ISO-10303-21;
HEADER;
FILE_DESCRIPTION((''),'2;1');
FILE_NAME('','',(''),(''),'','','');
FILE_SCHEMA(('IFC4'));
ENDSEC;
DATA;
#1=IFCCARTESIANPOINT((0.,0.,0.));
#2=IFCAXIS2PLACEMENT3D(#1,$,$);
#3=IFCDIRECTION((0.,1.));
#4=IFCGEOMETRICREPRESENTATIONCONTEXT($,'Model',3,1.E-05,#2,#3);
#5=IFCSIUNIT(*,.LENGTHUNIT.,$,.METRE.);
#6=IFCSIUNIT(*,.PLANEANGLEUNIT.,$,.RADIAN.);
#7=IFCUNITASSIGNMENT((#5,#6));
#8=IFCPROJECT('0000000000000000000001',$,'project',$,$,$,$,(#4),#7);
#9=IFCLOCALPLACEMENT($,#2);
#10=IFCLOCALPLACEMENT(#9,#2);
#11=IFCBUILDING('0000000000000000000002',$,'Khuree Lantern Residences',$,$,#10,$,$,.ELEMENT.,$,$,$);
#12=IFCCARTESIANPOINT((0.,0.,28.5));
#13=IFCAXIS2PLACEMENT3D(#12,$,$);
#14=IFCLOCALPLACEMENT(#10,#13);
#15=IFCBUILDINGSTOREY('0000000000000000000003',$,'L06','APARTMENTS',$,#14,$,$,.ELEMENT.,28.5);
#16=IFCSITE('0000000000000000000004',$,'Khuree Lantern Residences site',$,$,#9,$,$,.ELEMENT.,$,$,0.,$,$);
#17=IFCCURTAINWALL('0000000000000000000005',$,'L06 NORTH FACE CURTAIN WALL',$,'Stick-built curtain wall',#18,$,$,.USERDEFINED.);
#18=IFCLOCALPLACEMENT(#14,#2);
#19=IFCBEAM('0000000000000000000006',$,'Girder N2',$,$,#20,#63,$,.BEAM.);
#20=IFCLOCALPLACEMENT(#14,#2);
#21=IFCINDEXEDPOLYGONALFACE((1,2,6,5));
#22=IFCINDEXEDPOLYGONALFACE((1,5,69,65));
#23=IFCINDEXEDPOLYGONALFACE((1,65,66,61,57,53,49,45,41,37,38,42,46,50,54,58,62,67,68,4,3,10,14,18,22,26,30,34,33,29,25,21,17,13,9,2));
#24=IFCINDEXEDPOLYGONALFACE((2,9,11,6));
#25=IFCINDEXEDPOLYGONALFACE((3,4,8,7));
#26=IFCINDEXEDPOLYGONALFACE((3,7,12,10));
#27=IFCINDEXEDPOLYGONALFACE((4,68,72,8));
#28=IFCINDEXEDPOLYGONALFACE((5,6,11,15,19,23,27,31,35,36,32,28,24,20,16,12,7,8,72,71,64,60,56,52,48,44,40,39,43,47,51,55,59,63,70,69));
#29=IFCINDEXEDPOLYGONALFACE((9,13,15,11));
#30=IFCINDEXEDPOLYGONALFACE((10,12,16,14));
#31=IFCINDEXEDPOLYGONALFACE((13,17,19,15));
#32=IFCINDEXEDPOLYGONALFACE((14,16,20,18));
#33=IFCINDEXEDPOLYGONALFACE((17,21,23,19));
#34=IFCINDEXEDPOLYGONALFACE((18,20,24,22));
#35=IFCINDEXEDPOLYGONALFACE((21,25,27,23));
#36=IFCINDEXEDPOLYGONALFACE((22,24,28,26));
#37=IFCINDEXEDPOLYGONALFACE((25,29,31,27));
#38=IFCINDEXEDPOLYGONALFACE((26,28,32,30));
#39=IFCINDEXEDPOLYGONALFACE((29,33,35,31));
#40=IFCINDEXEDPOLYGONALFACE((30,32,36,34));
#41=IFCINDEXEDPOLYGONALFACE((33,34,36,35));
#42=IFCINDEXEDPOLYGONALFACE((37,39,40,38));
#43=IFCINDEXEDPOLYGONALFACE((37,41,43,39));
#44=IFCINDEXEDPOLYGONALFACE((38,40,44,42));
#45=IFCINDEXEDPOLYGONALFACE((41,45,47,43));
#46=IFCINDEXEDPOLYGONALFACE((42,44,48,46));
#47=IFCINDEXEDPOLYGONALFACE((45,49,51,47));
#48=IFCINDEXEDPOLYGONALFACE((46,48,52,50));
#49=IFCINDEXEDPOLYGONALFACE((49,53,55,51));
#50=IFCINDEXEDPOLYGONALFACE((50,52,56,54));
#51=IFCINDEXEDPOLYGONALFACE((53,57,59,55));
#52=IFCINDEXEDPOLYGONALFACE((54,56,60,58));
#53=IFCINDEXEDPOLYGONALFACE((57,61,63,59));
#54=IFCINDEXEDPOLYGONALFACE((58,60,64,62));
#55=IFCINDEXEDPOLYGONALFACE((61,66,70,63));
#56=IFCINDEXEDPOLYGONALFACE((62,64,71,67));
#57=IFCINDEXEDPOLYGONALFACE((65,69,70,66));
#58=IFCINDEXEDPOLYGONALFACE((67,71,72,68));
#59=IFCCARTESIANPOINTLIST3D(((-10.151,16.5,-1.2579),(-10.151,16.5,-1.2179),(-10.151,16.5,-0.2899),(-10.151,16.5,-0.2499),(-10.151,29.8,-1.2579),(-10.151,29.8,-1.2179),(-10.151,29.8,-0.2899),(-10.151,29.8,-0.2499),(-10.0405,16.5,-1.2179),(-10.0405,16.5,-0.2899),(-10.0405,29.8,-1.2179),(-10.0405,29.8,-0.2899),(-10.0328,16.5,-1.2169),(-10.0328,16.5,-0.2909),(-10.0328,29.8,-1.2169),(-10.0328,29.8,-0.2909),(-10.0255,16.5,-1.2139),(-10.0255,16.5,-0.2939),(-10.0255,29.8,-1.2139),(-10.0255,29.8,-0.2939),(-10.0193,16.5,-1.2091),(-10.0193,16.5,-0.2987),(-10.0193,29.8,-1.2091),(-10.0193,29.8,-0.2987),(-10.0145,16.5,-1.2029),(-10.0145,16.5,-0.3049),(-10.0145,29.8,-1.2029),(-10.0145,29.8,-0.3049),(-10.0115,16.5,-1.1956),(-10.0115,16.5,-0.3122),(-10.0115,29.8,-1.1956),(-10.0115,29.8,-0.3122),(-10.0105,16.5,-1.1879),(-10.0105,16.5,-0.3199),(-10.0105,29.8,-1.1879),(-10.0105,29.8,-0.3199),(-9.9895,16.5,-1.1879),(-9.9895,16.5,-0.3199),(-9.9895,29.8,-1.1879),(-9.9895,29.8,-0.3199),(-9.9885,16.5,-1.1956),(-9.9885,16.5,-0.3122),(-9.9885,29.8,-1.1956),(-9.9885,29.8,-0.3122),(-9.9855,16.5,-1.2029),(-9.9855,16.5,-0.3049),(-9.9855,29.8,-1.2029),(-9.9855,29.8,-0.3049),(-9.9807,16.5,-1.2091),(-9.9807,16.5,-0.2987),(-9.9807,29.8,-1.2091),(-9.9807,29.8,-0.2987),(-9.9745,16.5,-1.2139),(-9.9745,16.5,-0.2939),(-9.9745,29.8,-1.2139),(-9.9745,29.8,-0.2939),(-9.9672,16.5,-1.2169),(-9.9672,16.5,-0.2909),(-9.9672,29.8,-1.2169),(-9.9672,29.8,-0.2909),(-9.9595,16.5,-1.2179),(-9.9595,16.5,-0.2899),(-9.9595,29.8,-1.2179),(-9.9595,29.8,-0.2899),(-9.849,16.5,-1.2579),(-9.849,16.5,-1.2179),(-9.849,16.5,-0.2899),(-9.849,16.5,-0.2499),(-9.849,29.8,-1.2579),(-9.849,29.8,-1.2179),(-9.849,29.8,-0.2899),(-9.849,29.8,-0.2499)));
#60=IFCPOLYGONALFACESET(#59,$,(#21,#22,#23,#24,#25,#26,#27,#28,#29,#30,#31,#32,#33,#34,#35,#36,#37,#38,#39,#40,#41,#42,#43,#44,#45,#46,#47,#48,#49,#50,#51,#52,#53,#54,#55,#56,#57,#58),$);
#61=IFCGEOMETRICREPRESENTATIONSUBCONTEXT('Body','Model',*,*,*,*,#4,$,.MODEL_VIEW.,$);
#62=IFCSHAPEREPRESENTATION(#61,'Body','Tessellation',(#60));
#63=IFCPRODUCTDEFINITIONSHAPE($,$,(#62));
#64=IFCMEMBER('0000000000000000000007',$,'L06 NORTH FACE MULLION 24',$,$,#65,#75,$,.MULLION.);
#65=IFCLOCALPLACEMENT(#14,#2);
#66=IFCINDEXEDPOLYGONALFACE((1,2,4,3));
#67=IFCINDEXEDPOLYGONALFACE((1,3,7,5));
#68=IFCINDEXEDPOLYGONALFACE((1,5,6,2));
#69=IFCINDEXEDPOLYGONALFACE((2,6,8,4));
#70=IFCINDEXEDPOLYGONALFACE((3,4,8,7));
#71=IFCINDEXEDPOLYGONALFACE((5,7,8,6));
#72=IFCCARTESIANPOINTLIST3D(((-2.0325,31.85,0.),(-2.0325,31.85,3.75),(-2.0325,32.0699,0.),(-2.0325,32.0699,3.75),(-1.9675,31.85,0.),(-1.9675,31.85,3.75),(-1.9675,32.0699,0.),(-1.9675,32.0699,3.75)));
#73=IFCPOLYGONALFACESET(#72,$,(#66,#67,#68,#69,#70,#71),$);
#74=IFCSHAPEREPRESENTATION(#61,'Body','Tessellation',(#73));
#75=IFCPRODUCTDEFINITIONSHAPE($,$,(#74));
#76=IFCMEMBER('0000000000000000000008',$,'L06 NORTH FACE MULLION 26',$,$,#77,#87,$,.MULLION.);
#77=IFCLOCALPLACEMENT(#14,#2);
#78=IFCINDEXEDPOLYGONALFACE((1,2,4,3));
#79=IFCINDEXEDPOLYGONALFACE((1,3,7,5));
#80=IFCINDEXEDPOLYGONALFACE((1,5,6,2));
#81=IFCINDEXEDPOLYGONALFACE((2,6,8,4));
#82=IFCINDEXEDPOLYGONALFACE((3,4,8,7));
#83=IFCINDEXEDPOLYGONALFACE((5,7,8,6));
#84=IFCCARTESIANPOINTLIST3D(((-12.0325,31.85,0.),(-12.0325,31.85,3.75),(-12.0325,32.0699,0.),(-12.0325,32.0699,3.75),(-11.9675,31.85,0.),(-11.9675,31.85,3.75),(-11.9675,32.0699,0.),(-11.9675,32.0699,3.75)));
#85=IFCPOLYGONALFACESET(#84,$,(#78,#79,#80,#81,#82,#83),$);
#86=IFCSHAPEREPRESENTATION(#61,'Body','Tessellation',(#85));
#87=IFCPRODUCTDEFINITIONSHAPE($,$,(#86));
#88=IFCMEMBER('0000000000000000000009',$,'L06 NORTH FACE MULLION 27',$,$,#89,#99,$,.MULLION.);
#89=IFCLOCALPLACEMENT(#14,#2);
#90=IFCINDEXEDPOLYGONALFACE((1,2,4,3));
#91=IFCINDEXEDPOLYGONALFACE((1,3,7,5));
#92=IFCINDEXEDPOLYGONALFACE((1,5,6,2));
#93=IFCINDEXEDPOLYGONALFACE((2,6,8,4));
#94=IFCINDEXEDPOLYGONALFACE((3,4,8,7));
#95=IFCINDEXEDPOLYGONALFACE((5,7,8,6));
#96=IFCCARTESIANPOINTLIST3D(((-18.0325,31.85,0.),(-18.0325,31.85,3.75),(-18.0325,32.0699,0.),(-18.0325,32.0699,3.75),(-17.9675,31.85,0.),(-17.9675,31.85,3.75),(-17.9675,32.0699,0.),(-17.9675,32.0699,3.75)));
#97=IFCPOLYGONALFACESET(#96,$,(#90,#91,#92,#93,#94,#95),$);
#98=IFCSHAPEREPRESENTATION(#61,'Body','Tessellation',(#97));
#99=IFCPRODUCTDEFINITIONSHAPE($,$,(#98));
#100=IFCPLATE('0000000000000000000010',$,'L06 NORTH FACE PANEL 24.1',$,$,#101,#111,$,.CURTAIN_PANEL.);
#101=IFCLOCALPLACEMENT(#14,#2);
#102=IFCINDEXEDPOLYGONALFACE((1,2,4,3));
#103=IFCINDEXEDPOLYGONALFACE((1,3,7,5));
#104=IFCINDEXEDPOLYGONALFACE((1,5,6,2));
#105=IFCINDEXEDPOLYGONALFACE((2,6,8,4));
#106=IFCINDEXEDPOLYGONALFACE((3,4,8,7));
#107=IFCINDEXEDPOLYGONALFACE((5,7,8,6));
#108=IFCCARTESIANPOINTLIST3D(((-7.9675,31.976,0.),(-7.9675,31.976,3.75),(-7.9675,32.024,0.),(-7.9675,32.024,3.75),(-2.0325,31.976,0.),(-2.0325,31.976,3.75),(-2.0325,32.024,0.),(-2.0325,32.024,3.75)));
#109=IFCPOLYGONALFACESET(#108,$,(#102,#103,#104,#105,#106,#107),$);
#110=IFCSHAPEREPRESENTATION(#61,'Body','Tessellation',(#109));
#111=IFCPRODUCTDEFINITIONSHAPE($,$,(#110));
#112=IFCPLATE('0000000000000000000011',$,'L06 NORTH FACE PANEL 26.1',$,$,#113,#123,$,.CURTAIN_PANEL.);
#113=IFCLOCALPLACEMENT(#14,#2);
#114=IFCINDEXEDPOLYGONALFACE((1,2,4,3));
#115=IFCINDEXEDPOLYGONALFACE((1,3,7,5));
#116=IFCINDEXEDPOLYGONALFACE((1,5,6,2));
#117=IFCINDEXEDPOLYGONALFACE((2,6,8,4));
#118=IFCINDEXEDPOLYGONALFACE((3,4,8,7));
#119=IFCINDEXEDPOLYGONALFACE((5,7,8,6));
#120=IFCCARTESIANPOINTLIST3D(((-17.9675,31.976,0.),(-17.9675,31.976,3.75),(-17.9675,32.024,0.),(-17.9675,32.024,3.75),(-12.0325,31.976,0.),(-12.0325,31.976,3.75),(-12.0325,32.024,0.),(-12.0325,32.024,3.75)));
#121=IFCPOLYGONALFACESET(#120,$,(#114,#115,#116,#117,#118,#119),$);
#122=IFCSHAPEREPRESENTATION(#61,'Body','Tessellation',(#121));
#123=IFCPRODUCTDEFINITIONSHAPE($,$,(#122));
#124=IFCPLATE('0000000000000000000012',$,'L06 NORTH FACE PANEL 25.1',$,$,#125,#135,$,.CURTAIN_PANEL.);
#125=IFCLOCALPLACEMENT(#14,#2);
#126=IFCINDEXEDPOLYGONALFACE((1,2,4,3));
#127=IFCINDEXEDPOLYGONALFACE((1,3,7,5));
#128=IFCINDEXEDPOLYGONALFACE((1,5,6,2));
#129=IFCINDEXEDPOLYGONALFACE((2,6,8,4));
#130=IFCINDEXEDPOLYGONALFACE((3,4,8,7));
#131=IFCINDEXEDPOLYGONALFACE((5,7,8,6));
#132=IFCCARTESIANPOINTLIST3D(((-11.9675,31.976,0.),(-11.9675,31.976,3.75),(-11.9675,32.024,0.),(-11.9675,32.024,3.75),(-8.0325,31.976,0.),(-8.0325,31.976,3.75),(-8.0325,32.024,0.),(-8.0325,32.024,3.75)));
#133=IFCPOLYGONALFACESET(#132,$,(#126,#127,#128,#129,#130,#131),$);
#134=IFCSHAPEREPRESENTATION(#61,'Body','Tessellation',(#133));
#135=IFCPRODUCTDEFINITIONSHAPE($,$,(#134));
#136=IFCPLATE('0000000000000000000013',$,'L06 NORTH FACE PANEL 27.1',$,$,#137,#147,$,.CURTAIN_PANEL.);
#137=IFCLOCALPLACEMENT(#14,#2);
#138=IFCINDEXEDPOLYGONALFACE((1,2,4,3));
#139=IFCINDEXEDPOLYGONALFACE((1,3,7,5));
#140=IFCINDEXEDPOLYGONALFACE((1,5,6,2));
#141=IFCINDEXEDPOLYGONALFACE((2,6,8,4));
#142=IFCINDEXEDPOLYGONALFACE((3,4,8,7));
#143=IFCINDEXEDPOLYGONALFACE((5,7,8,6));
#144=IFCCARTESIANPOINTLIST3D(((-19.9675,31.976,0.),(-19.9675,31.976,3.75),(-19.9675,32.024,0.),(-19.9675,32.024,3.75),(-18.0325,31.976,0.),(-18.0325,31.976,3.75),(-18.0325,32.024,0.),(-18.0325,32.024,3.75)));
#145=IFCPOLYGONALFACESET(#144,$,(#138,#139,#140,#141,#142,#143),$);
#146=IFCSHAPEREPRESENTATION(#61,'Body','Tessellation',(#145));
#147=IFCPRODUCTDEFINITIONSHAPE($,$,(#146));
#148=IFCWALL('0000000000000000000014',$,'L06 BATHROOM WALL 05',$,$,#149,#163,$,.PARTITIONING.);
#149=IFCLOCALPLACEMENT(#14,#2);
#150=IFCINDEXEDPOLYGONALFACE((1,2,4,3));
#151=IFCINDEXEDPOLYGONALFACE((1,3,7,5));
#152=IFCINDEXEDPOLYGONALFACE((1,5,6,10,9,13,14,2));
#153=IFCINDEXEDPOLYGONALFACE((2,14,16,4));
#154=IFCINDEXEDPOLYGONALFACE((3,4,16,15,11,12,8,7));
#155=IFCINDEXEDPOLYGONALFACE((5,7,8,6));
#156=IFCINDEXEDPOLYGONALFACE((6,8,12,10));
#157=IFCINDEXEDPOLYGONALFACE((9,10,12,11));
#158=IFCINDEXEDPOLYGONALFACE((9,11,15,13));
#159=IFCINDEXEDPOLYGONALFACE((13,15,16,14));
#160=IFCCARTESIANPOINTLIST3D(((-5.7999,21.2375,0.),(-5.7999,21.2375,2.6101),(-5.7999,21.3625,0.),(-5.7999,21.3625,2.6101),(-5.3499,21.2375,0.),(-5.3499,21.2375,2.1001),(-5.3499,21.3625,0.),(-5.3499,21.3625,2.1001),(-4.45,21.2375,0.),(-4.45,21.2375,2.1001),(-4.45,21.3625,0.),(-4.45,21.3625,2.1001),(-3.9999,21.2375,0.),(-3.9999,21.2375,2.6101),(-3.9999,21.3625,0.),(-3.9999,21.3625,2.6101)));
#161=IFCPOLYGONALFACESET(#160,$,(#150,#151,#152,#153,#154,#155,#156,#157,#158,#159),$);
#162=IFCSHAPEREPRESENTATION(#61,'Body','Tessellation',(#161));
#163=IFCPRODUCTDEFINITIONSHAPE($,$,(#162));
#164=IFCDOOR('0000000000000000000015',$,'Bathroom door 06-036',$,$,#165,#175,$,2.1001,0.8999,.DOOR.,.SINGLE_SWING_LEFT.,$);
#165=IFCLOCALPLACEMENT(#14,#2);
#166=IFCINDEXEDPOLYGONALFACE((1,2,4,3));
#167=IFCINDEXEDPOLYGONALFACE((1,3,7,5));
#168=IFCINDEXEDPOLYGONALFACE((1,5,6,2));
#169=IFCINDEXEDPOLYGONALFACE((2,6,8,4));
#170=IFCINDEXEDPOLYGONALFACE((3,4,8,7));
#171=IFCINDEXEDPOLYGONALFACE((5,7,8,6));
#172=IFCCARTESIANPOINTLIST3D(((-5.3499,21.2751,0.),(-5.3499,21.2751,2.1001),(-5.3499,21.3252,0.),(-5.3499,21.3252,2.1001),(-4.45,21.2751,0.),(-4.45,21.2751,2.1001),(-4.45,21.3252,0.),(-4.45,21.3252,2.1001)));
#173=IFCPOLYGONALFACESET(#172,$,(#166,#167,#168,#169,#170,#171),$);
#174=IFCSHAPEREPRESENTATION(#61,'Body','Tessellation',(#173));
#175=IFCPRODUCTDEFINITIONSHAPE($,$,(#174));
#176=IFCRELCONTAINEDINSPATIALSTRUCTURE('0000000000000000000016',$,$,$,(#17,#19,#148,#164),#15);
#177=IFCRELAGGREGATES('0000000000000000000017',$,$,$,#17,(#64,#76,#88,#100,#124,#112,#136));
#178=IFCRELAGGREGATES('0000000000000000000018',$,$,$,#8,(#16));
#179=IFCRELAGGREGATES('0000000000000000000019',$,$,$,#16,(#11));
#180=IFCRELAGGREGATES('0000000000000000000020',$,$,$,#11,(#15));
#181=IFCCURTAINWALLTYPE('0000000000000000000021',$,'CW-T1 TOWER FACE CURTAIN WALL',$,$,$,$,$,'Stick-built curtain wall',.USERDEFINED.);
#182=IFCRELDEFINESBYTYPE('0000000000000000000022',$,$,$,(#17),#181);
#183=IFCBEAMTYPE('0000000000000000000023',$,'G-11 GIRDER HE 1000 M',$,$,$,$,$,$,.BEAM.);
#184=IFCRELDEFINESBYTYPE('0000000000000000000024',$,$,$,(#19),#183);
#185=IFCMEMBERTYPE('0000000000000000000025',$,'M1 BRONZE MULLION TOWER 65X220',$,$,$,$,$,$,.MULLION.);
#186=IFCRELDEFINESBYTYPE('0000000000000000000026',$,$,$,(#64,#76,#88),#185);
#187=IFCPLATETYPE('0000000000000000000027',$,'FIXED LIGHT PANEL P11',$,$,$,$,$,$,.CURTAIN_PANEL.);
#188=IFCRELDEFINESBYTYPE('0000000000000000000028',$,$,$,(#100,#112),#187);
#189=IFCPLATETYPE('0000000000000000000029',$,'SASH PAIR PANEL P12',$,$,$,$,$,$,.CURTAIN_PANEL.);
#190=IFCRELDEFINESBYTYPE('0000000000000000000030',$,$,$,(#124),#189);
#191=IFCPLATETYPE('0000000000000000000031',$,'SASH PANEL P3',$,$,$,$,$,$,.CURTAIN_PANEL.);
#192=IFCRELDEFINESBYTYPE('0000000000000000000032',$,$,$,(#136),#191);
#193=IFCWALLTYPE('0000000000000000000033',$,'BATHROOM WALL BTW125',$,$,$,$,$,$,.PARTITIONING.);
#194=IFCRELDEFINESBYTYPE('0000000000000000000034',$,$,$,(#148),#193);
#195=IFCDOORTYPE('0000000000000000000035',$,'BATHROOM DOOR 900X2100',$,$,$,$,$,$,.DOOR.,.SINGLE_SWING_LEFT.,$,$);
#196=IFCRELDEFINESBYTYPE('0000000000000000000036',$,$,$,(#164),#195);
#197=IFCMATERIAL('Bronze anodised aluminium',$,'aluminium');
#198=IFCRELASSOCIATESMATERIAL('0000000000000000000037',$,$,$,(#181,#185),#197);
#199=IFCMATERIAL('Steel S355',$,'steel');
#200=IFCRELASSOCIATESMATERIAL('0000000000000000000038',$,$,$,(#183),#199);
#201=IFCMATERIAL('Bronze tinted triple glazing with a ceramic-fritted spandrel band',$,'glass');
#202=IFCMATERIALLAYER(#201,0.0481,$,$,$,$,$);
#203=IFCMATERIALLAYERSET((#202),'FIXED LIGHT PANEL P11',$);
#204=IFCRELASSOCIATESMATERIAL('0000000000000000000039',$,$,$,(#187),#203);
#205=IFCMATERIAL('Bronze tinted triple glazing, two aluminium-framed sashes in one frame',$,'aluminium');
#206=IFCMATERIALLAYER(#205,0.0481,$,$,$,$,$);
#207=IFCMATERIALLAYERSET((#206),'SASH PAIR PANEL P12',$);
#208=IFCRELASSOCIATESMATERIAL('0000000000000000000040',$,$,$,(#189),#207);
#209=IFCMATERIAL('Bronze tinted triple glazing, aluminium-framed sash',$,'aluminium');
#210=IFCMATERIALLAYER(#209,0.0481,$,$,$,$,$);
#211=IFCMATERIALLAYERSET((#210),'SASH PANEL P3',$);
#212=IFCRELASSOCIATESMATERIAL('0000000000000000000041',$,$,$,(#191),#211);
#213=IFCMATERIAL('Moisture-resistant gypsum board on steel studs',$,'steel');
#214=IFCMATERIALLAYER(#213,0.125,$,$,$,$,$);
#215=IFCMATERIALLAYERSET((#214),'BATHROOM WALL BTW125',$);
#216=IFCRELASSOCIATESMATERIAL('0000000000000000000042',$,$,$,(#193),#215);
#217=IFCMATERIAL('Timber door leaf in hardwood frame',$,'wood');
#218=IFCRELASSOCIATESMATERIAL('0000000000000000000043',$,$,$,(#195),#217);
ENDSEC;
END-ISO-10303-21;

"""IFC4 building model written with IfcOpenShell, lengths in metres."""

from ifc_helpers import new_model, si_unit, direction, frame, frame_2d, origin, origin_2d, place, context, subcontext, project, spatial, rectangle, i_section, extrude, material, layer, layer_set, material_profile, profile_set, type_object, element, fill, aggregate, save


model = new_model("IFC4")

# Units and contexts
model_context = context("Model", 3, precision=1e-05, world=origin(), true_north=direction((0.0, 1.0)))
body_context = subcontext(model_context, "Body", "Model", "MODEL_VIEW")
ifc_project = project(units=[si_unit("LENGTHUNIT", "METRE"), si_unit("PLANEANGLEUNIT", "RADIAN")], contexts=[model_context])

# Site, building, storey
site_placement = place(None, origin())
site = spatial("IfcSite", under=ifc_project, at=site_placement, Name="Khuree Lantern Residences site", CompositionType="ELEMENT", RefElevation=0.0)
building_placement = place(site_placement, origin())
building = spatial("IfcBuilding", under=site, at=building_placement, Name="Khuree Lantern Residences", CompositionType="ELEMENT")
storey_placement = place(building_placement, frame((0.0, 0.0, 28.5)))
storey = spatial("IfcBuildingStorey", under=building, at=storey_placement, Name="L06", Description="APARTMENTS", CompositionType="ELEMENT", Elevation=28.5)

# Shared definitions
ifc_material_1 = material(Name="Steel S355", Category="steel")

# Curtain wall
ifc_material_2 = material(Name="Bronze anodised aluminium", Category="aluminium")
curtain_wall_type = type_object("IfcCurtainWallType", Name="CW-T1 TOWER FACE CURTAIN WALL", ElementType="Stick-built curtain wall", PredefinedType="USERDEFINED", material=ifc_material_2)
curtain_wall_placement = place(storey_placement, origin())
curtain_wall = element("IfcCurtainWall", 1, at=curtain_wall_placement, inside=storey, type_object=curtain_wall_type, Name="L06 NORTH FACE CURTAIN WALL", ObjectType="Stick-built curtain wall", PredefinedType="USERDEFINED")

# Beam
ifc_material_profile_1 = material_profile(ifc_material_1, i_section(OverallWidth=0.302, OverallDepth=1.0081, WebThickness=0.021, FlangeThickness=0.04, FilletRadius=0.03, at=origin_2d()), Name="HE 1000 M")
ifc_profile_set_1 = profile_set([ifc_material_profile_1], Name="Steel S355")
beam_type_1 = type_object("IfcBeamType", Name="G-11 GIRDER HE 1000 M", PredefinedType="BEAM", material=ifc_profile_set_1)
beam_1_placement = place(storey_placement, frame((-10.0, 29.8, -0.7539), z_axis=(0.0, -1.0, 0.0), x_axis=(1.0, 0.0, 0.0)))
element("IfcBeam", 2, at=beam_1_placement, inside=storey, type_object=beam_type_1, Name="Girder N2", PredefinedType="BEAM", context=body_context, shape_type="SweptSolid", body=[
    extrude(i_section(OverallWidth=0.302, OverallDepth=1.0081, WebThickness=0.021, FlangeThickness=0.04, FilletRadius=0.03, at=origin_2d()), origin(), (0.0, 0.0, 1.0), 13.3),
])

# Members
ifc_material_profile_2 = material_profile(ifc_material_2, rectangle(XDim=0.0649, YDim=0.22, at=origin_2d()), Name="M1 65X220")
ifc_profile_set_2 = profile_set([ifc_material_profile_2], Name="Bronze anodised aluminium")
member_type_1 = type_object("IfcMemberType", Name="M1 BRONZE MULLION TOWER 65X220", PredefinedType="MULLION", material=ifc_profile_set_2)
member_1_placement = place(storey_placement, frame((-2.0, 31.96, 0.0), z_axis=(0.0, 0.0, 1.0), x_axis=(-1.0, 0.0, 0.0)))
member_1 = element("IfcMember", 3, at=member_1_placement, type_object=member_type_1, Name="L06 NORTH FACE MULLION 24", PredefinedType="MULLION", context=body_context, shape_type="SweptSolid", body=[
    extrude(rectangle(XDim=0.0649, YDim=0.22, at=origin_2d()), origin(), (0.0, 0.0, 1.0), 3.75),
])
member_2_placement = place(storey_placement, frame((-12.0, 31.96, 0.0), z_axis=(0.0, 0.0, 1.0), x_axis=(-1.0, 0.0, 0.0)))
member_2 = element("IfcMember", 4, at=member_2_placement, type_object=member_type_1, Name="L06 NORTH FACE MULLION 26", PredefinedType="MULLION", context=body_context, shape_type="SweptSolid", body=[
    extrude(rectangle(XDim=0.0649, YDim=0.22, at=origin_2d()), origin(), (0.0, 0.0, 1.0), 3.75),
])
member_3_placement = place(storey_placement, frame((-18.0, 31.96, 0.0), z_axis=(0.0, 0.0, 1.0), x_axis=(-1.0, 0.0, 0.0)))
member_3 = element("IfcMember", 5, at=member_3_placement, type_object=member_type_1, Name="L06 NORTH FACE MULLION 27", PredefinedType="MULLION", context=body_context, shape_type="SweptSolid", body=[
    extrude(rectangle(XDim=0.0649, YDim=0.22, at=origin_2d()), origin(), (0.0, 0.0, 1.0), 3.75),
])

# Plates
ifc_material_3 = material(Name="Bronze tinted triple glazing with a ceramic-fritted spandrel band", Category="glass")
ifc_layer_1 = layer(ifc_material_3, 0.0481)
ifc_layer_set_1 = layer_set([ifc_layer_1], Name="FIXED LIGHT PANEL P11")
plate_type_1 = type_object("IfcPlateType", Name="FIXED LIGHT PANEL P11", PredefinedType="CURTAIN_PANEL", material=ifc_layer_set_1)
plate_1_placement = place(storey_placement, frame((-5.0, 32.0, 0.0), z_axis=(0.0, 0.0, 1.0), x_axis=(-1.0, 0.0, 0.0)))
plate_1 = element("IfcPlate", 6, at=plate_1_placement, type_object=plate_type_1, Name="L06 NORTH FACE PANEL 24.1", PredefinedType="CURTAIN_PANEL", context=body_context, shape_type="SweptSolid", body=[
    extrude(rectangle(XDim=5.9351, YDim=0.0481, at=origin_2d()), origin(), (0.0, 0.0, 1.0), 3.75),
])
plate_2_placement = place(storey_placement, frame((-15.0, 32.0, 0.0), z_axis=(0.0, 0.0, 1.0), x_axis=(-1.0, 0.0, 0.0)))
plate_2 = element("IfcPlate", 7, at=plate_2_placement, type_object=plate_type_1, Name="L06 NORTH FACE PANEL 26.1", PredefinedType="CURTAIN_PANEL", context=body_context, shape_type="SweptSolid", body=[
    extrude(rectangle(XDim=5.9351, YDim=0.0481, at=origin_2d()), origin(), (0.0, 0.0, 1.0), 3.75),
])
ifc_material_4 = material(Name="Bronze tinted triple glazing, two aluminium-framed sashes in one frame", Category="aluminium")
ifc_layer_2 = layer(ifc_material_4, 0.0481)
ifc_layer_set_2 = layer_set([ifc_layer_2], Name="SASH PAIR PANEL P12")
plate_type_2 = type_object("IfcPlateType", Name="SASH PAIR PANEL P12", PredefinedType="CURTAIN_PANEL", material=ifc_layer_set_2)
plate_3_placement = place(storey_placement, frame((-10.0, 32.0, 0.0), z_axis=(0.0, 0.0, 1.0), x_axis=(-1.0, 0.0, 0.0)))
plate_3 = element("IfcPlate", 8, at=plate_3_placement, type_object=plate_type_2, Name="L06 NORTH FACE PANEL 25.1", PredefinedType="CURTAIN_PANEL", context=body_context, shape_type="SweptSolid", body=[
    extrude(rectangle(XDim=3.9351, YDim=0.0481, at=origin_2d()), origin(), (0.0, 0.0, 1.0), 3.75),
])
ifc_material_5 = material(Name="Bronze tinted triple glazing, aluminium-framed sash", Category="aluminium")
ifc_layer_3 = layer(ifc_material_5, 0.0481)
ifc_layer_set_3 = layer_set([ifc_layer_3], Name="SASH PANEL P3")
plate_type_3 = type_object("IfcPlateType", Name="SASH PANEL P3", PredefinedType="CURTAIN_PANEL", material=ifc_layer_set_3)
plate_4_placement = place(storey_placement, frame((-19.0, 32.0, 0.0), z_axis=(0.0, 0.0, 1.0), x_axis=(-1.0, 0.0, 0.0)))
plate_4 = element("IfcPlate", 9, at=plate_4_placement, type_object=plate_type_3, Name="L06 NORTH FACE PANEL 27.1", PredefinedType="CURTAIN_PANEL", context=body_context, shape_type="SweptSolid", body=[
    extrude(rectangle(XDim=1.9351, YDim=0.0481, at=origin_2d()), origin(), (0.0, 0.0, 1.0), 3.75),
])
aggregate(curtain_wall, [member_1, member_2, member_3, plate_1, plate_3, plate_2, plate_4])

# Wall, opening, door
ifc_material_6 = material(Name="Moisture-resistant gypsum board on steel studs", Category="steel")
ifc_layer_4 = layer(ifc_material_6, 0.125)
ifc_layer_set_4 = layer_set([ifc_layer_4], Name="BATHROOM WALL BTW125")
wall_type_1 = type_object("IfcWallType", Name="BATHROOM WALL BTW125", PredefinedType="PARTITIONING", material=ifc_layer_set_4)
wall_1_placement = place(storey_placement, frame((-4.0, 21.3, 0.0), z_axis=(0.0, 0.0, 1.0), x_axis=(-1.0, 0.0, 0.0)))
wall_1 = element("IfcWall", 10, at=wall_1_placement, inside=storey, type_object=wall_type_1, Name="L06 BATHROOM WALL 05", PredefinedType="PARTITIONING", context=body_context, shape_type="SweptSolid", body=[
    extrude(rectangle(XDim=1.8, YDim=0.125, at=frame_2d((0.8999, 0.0))), origin(), (0.0, 0.0, 1.0), 2.6101),
])
opening_1_placement = place(wall_1_placement, frame((0.45, 0.0, 0.0)))
opening_1 = element("IfcOpeningElement", 11, at=opening_1_placement, cuts=wall_1, PredefinedType="OPENING", context=body_context, shape_type="SweptSolid", body=[
    extrude(rectangle(XDim=0.8999, YDim=2.1001, at=frame_2d((0.45, 1.05))), frame((0.0, 0.0725, 0.0), z_axis=(0.0, -1.0, 0.0), x_axis=(1.0, 0.0, 0.0)), (0.0, 0.0, 1.0), 0.145),
])
ifc_material_7 = material(Name="Timber door leaf in hardwood frame", Category="wood")
door_type_1 = type_object("IfcDoorType", Name="BATHROOM DOOR 900X2100", OperationType="SINGLE_SWING_LEFT", PredefinedType="DOOR", material=ifc_material_7)
door_1_placement = place(opening_1_placement, origin())
door_1 = element("IfcDoor", 12, at=door_1_placement, inside=storey, type_object=door_type_1, Name="Bathroom door 06-036", OperationType="SINGLE_SWING_LEFT", OverallHeight=2.1001, OverallWidth=0.8999, PredefinedType="DOOR", context=body_context, shape_type="SweptSolid", body=[
    extrude(rectangle(XDim=0.8999, YDim=2.1001, at=frame_2d((0.45, 1.05))), frame((0.0, 0.0249, 0.0), z_axis=(0.0, -1.0, 0.0), x_axis=(1.0, 0.0, 0.0)), (0.0, 0.0, 1.0), 0.05),
])
fill(opening_1, door_1)

save(model, "model.ifc")
